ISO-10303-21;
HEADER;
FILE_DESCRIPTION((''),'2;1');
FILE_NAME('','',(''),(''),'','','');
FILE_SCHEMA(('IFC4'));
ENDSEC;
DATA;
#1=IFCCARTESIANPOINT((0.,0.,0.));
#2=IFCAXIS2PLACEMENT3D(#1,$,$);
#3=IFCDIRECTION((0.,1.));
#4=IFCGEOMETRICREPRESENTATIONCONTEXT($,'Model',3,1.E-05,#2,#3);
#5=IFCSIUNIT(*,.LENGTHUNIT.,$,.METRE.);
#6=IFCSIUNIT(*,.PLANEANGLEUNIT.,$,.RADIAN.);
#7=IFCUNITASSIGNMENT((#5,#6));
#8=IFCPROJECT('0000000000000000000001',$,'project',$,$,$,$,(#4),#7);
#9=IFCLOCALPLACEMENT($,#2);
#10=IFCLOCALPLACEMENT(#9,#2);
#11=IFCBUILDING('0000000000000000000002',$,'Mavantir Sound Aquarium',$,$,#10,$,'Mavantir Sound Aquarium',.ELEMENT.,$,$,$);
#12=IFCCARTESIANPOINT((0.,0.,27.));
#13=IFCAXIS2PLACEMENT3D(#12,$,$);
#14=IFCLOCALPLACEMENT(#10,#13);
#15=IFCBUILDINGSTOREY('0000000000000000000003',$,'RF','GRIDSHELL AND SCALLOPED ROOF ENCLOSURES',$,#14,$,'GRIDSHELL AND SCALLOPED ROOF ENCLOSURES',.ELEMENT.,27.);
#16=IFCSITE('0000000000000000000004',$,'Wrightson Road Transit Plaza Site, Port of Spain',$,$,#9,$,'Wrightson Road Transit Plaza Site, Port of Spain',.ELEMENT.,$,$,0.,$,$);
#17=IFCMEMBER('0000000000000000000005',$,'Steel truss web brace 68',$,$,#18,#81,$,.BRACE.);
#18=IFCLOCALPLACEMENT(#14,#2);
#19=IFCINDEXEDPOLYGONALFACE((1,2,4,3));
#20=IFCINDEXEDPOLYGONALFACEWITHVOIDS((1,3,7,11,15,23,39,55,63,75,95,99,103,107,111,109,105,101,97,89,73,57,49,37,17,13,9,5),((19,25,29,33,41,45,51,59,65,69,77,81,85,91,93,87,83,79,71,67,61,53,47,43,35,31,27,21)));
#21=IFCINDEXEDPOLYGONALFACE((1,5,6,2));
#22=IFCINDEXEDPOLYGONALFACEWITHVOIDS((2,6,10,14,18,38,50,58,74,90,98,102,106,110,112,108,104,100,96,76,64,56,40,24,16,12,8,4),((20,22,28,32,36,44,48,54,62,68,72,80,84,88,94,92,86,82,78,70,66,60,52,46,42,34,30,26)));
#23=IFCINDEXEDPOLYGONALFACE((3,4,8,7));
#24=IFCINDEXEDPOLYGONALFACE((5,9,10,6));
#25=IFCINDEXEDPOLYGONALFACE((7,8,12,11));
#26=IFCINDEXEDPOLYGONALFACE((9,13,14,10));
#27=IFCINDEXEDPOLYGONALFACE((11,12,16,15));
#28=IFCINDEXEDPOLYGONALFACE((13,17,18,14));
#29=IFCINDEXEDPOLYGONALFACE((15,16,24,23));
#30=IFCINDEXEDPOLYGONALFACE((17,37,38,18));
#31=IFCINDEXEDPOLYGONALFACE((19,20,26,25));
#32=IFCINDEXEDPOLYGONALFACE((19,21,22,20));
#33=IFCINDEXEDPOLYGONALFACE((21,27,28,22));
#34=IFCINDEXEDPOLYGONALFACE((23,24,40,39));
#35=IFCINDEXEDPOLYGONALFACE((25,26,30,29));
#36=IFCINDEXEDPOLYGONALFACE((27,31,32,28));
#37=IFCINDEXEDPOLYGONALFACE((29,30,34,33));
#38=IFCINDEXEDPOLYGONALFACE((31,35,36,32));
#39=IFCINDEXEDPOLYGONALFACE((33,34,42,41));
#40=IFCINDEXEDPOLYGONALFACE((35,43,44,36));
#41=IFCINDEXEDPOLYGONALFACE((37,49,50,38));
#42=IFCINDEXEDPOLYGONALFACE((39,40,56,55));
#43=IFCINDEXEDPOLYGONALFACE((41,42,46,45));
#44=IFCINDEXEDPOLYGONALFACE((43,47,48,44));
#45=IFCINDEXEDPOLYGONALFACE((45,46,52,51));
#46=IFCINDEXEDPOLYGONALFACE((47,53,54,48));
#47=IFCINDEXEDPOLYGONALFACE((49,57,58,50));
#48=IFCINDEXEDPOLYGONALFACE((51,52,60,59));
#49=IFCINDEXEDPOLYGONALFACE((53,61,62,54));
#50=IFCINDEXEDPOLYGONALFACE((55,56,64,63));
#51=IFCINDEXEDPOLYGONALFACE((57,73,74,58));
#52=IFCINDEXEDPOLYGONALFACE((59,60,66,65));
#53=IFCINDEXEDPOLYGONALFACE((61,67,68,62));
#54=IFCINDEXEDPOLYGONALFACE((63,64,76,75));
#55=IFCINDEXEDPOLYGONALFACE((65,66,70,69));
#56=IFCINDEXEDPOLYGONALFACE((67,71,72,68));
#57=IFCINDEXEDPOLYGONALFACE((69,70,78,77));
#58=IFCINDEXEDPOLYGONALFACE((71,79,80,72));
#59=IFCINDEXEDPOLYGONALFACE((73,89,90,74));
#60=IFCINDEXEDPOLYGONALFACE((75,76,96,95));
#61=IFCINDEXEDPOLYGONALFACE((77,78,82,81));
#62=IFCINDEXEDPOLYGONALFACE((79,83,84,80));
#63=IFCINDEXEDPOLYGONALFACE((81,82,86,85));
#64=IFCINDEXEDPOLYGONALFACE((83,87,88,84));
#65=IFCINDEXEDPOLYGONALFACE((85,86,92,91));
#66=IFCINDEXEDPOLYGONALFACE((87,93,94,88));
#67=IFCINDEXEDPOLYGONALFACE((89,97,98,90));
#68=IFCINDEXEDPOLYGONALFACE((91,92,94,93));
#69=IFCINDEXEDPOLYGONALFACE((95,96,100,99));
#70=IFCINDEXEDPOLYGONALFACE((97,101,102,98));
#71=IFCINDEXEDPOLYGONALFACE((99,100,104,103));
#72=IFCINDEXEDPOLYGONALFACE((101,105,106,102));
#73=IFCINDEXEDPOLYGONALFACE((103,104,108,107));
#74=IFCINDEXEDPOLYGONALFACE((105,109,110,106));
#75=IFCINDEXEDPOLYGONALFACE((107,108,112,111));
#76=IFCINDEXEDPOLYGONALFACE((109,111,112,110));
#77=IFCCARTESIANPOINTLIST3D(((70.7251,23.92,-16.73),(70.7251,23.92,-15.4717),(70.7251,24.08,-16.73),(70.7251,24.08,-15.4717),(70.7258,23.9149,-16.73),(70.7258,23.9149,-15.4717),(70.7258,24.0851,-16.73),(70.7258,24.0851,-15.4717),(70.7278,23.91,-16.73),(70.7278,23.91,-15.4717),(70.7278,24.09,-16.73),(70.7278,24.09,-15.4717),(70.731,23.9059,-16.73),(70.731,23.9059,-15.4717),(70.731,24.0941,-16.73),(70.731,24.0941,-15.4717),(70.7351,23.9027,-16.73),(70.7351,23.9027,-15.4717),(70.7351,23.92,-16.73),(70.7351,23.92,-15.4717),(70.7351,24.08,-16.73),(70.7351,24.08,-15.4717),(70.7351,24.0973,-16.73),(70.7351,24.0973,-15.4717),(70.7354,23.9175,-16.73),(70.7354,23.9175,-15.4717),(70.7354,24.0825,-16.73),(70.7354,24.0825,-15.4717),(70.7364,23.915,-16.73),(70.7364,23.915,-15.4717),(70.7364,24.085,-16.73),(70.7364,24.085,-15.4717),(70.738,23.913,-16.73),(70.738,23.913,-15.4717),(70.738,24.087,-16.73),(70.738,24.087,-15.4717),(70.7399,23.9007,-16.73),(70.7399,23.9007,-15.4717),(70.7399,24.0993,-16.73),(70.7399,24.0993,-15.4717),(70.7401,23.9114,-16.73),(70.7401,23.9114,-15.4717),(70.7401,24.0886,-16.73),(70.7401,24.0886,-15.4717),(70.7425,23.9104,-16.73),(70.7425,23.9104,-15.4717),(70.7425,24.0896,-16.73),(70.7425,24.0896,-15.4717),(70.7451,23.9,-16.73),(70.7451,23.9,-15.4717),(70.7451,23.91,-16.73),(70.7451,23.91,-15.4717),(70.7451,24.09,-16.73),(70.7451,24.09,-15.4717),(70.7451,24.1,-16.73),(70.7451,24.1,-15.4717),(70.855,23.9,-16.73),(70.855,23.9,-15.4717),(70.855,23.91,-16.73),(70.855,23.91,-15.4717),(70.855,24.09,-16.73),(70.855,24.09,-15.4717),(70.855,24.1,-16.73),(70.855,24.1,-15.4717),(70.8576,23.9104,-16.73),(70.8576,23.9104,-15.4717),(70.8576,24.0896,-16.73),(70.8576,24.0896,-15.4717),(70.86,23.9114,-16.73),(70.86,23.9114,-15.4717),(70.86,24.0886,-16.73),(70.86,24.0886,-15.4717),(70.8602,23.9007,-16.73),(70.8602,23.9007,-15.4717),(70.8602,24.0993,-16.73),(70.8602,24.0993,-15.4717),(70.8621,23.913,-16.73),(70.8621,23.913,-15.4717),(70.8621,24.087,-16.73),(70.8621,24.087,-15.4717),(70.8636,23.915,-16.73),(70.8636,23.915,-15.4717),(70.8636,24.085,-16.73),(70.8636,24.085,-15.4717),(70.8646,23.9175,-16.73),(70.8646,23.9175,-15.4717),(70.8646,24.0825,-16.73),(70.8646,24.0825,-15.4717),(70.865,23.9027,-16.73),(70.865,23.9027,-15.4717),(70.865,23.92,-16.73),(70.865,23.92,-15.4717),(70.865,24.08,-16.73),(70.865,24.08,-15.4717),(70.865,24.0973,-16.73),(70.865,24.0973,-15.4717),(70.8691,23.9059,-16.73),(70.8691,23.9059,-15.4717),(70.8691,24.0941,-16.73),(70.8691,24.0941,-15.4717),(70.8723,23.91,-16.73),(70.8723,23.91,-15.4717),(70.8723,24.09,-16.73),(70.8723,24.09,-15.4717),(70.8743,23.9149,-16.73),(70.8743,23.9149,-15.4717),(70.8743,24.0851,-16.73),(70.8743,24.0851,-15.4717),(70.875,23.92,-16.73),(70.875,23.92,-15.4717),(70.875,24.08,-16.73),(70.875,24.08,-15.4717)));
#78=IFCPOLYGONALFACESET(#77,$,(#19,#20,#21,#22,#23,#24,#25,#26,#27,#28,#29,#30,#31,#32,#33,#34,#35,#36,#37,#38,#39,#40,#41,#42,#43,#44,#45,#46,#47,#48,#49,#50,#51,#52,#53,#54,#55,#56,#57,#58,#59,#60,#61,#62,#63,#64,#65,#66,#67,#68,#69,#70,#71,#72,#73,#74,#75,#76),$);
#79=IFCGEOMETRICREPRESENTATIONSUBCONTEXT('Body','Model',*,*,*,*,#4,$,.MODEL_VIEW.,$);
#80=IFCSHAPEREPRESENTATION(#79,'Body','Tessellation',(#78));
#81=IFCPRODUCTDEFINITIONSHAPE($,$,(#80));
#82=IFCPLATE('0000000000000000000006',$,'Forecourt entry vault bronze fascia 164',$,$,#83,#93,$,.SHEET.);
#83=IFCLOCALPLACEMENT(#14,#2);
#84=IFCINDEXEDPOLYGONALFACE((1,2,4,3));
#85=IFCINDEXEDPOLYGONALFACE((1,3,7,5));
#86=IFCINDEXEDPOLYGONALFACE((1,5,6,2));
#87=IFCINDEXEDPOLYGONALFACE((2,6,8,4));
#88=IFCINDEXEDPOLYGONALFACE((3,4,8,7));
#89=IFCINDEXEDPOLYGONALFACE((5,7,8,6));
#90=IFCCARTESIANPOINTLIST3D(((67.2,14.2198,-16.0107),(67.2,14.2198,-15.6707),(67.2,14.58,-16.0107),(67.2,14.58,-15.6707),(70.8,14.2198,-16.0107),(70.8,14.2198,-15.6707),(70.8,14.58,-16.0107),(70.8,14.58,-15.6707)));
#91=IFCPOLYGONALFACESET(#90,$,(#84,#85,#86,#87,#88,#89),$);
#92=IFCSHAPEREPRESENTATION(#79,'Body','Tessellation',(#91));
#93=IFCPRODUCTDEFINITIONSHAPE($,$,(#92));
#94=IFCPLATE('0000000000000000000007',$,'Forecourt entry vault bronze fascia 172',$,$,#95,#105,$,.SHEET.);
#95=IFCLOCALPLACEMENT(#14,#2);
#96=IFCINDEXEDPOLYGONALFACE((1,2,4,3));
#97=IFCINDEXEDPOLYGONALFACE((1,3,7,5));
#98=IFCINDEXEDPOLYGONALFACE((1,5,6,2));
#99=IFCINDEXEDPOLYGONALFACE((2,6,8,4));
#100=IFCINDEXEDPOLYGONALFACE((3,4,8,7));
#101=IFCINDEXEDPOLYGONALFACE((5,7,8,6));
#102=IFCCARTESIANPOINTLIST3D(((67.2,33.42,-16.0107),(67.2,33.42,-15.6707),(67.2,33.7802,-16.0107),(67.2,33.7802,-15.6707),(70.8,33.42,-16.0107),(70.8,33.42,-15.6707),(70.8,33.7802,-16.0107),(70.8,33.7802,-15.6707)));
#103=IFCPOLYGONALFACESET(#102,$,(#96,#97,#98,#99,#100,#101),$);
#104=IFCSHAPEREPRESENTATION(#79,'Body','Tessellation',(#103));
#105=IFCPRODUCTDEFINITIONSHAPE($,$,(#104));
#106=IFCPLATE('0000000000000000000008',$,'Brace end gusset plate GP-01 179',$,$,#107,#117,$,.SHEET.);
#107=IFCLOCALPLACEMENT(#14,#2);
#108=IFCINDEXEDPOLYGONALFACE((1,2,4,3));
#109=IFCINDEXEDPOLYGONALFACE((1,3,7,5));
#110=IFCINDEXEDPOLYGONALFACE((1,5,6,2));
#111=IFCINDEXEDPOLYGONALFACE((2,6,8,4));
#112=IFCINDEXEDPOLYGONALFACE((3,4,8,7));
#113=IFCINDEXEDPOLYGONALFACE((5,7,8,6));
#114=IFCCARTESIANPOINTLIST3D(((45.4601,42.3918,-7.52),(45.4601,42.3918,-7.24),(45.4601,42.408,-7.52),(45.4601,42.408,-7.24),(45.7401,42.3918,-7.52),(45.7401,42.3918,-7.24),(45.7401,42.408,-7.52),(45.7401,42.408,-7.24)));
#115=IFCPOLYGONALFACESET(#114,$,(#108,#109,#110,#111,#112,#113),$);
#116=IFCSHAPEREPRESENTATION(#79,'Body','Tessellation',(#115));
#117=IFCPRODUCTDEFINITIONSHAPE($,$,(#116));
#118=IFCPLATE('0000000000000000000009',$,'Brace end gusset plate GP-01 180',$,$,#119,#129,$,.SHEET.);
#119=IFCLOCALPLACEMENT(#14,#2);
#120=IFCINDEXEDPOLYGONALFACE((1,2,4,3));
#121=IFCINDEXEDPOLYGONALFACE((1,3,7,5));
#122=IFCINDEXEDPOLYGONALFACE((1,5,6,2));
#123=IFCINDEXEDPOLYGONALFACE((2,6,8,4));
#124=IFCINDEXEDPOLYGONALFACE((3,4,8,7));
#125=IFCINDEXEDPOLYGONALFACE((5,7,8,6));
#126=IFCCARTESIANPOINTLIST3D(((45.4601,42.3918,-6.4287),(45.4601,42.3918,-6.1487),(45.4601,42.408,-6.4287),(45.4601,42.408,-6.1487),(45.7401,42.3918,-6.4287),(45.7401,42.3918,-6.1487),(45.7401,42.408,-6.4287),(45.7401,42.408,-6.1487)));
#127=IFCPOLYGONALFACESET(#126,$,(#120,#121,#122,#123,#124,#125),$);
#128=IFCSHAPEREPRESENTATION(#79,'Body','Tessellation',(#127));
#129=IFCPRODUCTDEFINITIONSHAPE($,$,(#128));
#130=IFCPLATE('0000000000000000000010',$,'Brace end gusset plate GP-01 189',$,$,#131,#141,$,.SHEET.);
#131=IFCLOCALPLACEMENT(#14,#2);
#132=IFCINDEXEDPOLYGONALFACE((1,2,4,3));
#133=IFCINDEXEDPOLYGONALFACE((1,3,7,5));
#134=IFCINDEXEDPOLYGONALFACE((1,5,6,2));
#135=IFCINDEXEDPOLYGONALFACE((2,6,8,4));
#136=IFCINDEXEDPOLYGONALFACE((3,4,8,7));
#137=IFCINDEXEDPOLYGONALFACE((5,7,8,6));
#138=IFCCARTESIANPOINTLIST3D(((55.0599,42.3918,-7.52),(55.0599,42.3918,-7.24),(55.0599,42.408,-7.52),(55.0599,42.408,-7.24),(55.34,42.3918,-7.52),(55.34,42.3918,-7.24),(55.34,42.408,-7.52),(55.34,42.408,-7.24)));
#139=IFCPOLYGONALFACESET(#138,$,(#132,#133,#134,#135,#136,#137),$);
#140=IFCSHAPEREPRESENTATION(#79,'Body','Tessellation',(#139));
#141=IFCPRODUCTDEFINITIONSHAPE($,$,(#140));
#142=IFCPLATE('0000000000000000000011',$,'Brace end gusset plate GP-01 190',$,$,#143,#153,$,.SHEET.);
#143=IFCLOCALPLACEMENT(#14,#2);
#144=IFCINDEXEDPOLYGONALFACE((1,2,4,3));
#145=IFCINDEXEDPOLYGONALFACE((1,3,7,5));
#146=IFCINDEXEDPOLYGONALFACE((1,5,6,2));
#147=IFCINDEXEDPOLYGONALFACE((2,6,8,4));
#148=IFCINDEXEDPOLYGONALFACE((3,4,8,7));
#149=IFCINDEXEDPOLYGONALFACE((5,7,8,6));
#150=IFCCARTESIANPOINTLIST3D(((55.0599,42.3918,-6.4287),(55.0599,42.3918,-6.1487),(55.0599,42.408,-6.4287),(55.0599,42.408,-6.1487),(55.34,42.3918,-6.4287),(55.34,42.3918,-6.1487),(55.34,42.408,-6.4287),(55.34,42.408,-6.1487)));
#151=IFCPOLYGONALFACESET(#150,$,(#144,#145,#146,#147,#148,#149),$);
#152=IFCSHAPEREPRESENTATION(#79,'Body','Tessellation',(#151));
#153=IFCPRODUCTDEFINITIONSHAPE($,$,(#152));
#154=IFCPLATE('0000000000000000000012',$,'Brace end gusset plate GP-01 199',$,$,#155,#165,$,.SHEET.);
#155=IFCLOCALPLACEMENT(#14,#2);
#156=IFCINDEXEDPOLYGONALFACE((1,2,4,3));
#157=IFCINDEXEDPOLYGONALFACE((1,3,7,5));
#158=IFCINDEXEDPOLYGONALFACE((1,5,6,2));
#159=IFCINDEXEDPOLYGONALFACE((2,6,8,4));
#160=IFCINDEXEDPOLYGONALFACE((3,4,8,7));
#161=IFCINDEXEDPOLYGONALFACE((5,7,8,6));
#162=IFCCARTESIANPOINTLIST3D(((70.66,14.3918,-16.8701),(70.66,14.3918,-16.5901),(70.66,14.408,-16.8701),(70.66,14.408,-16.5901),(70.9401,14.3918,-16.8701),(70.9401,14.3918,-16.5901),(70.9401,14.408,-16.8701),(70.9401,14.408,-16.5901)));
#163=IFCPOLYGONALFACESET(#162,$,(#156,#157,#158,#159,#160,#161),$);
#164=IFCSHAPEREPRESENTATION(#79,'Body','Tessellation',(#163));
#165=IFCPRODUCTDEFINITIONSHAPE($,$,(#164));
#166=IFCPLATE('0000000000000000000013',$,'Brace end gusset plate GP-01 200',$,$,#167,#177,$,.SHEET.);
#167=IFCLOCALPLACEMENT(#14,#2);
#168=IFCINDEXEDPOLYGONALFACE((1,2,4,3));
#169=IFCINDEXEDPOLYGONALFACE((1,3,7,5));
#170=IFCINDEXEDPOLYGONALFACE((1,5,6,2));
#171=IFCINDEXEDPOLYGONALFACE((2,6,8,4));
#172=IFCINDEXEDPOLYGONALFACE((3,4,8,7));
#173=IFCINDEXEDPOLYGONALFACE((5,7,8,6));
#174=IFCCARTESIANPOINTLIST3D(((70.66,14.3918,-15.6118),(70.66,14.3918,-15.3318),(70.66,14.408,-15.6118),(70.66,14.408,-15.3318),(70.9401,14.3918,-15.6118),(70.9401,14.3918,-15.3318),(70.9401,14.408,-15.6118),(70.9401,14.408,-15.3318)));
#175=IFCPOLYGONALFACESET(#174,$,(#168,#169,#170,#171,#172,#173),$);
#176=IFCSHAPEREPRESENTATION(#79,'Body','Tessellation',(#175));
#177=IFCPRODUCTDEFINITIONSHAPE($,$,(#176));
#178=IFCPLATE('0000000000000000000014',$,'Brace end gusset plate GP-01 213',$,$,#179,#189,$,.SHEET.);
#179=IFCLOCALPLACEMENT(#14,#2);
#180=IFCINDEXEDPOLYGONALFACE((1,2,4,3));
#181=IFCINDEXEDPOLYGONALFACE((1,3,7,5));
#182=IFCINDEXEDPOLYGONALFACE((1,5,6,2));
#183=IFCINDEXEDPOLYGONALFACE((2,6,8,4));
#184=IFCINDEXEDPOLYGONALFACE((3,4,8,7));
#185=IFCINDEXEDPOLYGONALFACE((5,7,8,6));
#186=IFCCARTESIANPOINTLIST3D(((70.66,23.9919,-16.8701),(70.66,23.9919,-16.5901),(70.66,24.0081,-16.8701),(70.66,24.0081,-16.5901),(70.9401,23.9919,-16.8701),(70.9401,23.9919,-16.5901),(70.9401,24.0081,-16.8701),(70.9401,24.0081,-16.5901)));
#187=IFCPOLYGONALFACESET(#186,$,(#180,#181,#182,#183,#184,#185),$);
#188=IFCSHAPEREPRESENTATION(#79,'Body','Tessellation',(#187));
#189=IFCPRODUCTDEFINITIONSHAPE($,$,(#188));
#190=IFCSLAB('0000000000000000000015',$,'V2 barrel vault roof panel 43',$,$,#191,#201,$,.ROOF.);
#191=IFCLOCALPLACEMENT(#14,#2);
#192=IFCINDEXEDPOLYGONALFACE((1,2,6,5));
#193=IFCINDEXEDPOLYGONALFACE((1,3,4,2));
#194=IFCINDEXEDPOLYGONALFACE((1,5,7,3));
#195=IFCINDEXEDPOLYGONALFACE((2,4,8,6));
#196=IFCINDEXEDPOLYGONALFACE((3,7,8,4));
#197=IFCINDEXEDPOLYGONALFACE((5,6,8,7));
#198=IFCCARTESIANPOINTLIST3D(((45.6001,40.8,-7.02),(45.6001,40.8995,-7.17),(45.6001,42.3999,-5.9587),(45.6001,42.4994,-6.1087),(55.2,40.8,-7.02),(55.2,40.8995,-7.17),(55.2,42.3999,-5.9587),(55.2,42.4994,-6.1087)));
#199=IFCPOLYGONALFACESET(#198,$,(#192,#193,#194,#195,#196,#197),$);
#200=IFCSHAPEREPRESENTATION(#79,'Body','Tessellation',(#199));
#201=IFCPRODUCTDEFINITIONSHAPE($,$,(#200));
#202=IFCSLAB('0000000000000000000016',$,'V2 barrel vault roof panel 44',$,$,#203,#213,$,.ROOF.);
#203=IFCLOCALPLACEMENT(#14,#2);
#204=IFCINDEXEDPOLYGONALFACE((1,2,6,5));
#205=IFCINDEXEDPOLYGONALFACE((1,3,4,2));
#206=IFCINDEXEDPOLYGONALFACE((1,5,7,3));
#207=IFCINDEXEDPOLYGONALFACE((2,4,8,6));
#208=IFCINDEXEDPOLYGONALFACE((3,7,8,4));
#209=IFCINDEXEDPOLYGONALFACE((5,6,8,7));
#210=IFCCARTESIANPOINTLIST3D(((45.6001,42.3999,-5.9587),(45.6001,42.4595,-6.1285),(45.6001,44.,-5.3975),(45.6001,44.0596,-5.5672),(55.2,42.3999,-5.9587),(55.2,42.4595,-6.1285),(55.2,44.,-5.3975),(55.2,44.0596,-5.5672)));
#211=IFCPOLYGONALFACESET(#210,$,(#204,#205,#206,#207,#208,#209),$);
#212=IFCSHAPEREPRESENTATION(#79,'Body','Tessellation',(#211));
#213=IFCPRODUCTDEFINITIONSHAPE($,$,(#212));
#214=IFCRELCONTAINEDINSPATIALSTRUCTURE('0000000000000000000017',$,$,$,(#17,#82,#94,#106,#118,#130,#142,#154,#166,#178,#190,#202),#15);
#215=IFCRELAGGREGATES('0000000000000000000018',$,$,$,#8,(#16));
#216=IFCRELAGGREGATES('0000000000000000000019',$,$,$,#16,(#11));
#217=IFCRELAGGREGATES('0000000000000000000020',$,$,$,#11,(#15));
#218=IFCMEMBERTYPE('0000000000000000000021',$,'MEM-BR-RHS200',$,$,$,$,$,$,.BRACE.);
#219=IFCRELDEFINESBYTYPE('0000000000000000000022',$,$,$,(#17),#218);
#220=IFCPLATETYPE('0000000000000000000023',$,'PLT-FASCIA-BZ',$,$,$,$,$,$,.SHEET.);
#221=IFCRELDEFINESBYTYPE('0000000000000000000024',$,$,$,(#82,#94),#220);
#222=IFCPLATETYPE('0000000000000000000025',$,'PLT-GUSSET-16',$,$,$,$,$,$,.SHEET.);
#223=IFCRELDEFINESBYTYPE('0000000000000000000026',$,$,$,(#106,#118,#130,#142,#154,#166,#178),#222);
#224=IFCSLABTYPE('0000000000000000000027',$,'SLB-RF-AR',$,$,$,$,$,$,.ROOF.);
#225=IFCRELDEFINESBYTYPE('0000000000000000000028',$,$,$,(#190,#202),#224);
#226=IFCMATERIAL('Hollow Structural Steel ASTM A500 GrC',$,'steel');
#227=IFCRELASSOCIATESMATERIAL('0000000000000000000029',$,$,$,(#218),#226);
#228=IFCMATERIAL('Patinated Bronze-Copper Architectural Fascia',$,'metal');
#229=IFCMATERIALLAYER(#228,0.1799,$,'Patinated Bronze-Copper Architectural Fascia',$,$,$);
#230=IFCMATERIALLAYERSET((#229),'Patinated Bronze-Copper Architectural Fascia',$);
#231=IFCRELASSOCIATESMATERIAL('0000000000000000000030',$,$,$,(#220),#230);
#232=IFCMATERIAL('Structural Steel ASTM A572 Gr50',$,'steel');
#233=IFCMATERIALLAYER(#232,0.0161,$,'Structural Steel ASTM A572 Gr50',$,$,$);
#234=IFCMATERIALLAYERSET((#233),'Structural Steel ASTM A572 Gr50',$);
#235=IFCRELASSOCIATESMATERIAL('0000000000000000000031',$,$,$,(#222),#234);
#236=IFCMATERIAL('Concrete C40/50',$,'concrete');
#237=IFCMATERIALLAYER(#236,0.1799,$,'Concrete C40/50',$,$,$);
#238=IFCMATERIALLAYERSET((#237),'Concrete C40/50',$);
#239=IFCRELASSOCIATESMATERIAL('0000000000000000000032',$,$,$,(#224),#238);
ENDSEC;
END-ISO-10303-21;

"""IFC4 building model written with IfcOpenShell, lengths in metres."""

from ifc_helpers import new_model, si_unit, direction, frame, origin, origin_2d, place, context, subcontext, project, spatial, polyline, rectangle, hollow_rectangle, outline, extrude, material, layer, layer_set, material_profile, profile_set, type_object, element, save


model = new_model("IFC4")

# Units and contexts
model_context = context("Model", 3, precision=1e-05, world=origin(), true_north=direction((0.0, 1.0)))
body_context = subcontext(model_context, "Body", "Model", "MODEL_VIEW")
ifc_project = project(units=[si_unit("LENGTHUNIT", "METRE"), si_unit("PLANEANGLEUNIT", "RADIAN")], contexts=[model_context])

# Site, building, storey
site_placement = place(None, origin())
site = spatial("IfcSite", under=ifc_project, at=site_placement, Name="Wrightson Road Transit Plaza Site, Port of Spain", LongName="Wrightson Road Transit Plaza Site, Port of Spain", CompositionType="ELEMENT", RefElevation=0.0)
building_placement = place(site_placement, origin())
building = spatial("IfcBuilding", under=site, at=building_placement, Name="Mavantir Sound Aquarium", LongName="Mavantir Sound Aquarium", CompositionType="ELEMENT")
storey_placement = place(building_placement, frame((0.0, 0.0, 27.0)))
storey = spatial("IfcBuildingStorey", under=building, at=storey_placement, Name="RF", Description="GRIDSHELL AND SCALLOPED ROOF ENCLOSURES", LongName="GRIDSHELL AND SCALLOPED ROOF ENCLOSURES", CompositionType="ELEMENT", Elevation=27.0)

# Shared definitions
ifc_material_1 = material(Name="Hollow Structural Steel ASTM A500 GrC", Category="steel")

# Member
ifc_material_profile_1 = material_profile(ifc_material_1, hollow_rectangle(XDim=0.1499, YDim=0.2, WallThickness=0.01, InnerFilletRadius=0.01, OuterFilletRadius=0.02, at=origin_2d()), Name="RHS 200X150X10")
ifc_profile_set_1 = profile_set([ifc_material_profile_1], Name="Hollow Structural Steel ASTM A500 GrC")
member_type_1 = type_object("IfcMemberType", Name="MEM-BR-RHS200", PredefinedType="BRACE", material=ifc_profile_set_1)
for number, where, z_axis, x_axis, name in (
    (1, (70.8, 24.0, -16.73), (0.0, 0.0, 1.0), (1.0, 0.0, 0.0), "Steel truss web brace 68"),
):
    element("IfcMember", number, at=place(storey_placement, frame(where, z_axis=z_axis, x_axis=x_axis)), inside=storey, type_object=member_type_1, Name=name, PredefinedType="BRACE", context=body_context, shape_type="SweptSolid", body=[
        extrude(hollow_rectangle(XDim=0.1499, YDim=0.2, WallThickness=0.01, InnerFilletRadius=0.01, OuterFilletRadius=0.02, at=origin_2d()), origin(), (0.0, 0.0, 1.0), 1.2583),
    ])

# Plates
ifc_material_2 = material(Name="Patinated Bronze-Copper Architectural Fascia", Category="metal")
ifc_layer_1 = layer(ifc_material_2, 0.1799, Name="Patinated Bronze-Copper Architectural Fascia")
ifc_layer_set_1 = layer_set([ifc_layer_1], Name="Patinated Bronze-Copper Architectural Fascia")
plate_type_1 = type_object("IfcPlateType", Name="PLT-FASCIA-BZ", PredefinedType="SHEET", material=ifc_layer_set_1)
for number, where, z_axis, x_axis, name in (
    (2, (69.0, 14.3999, -16.0107), (0.0, 0.0, 1.0), (1.0, 0.0, 0.0), "Forecourt entry vault bronze fascia 164"),
    (3, (69.0, 33.6001, -16.0107), (0.0, 0.0, 1.0), (1.0, 0.0, 0.0), "Forecourt entry vault bronze fascia 172"),
):
    element("IfcPlate", number, at=place(storey_placement, frame(where, z_axis=z_axis, x_axis=x_axis)), inside=storey, type_object=plate_type_1, Name=name, PredefinedType="SHEET", context=body_context, shape_type="SweptSolid", body=[
        extrude(rectangle(XDim=3.6001, YDim=0.3601, at=origin_2d()), origin(), (0.0, 0.0, 1.0), 0.3401),
    ])
ifc_material_3 = material(Name="Structural Steel ASTM A572 Gr50", Category="steel")
ifc_layer_2 = layer(ifc_material_3, 0.0161, Name="Structural Steel ASTM A572 Gr50")
ifc_layer_set_2 = layer_set([ifc_layer_2], Name="Structural Steel ASTM A572 Gr50")
plate_type_2 = type_object("IfcPlateType", Name="PLT-GUSSET-16", PredefinedType="SHEET", material=ifc_layer_set_2)
for number, where, z_axis, x_axis, name in (
    (4, (45.6001, 42.3999, -7.52), (0.0, 0.0, 1.0), (1.0, 0.0, 0.0), "Brace end gusset plate GP-01 179"),
    (5, (45.6001, 42.3999, -6.4287), (0.0, 0.0, 1.0), (1.0, 0.0, 0.0), "Brace end gusset plate GP-01 180"),
    (6, (55.2, 42.3999, -7.52), (0.0, 0.0, 1.0), (1.0, 0.0, 0.0), "Brace end gusset plate GP-01 189"),
    (7, (55.2, 42.3999, -6.4287), (0.0, 0.0, 1.0), (1.0, 0.0, 0.0), "Brace end gusset plate GP-01 190"),
    (8, (70.8, 14.3999, -16.8701), (0.0, 0.0, 1.0), (1.0, 0.0, 0.0), "Brace end gusset plate GP-01 199"),
    (9, (70.8, 14.3999, -15.6118), (0.0, 0.0, 1.0), (1.0, 0.0, 0.0), "Brace end gusset plate GP-01 200"),
    (10, (70.8, 24.0, -16.8701), (0.0, 0.0, 1.0), (1.0, 0.0, 0.0), "Brace end gusset plate GP-01 213"),
):
    element("IfcPlate", number, at=place(storey_placement, frame(where, z_axis=z_axis, x_axis=x_axis)), inside=storey, type_object=plate_type_2, Name=name, PredefinedType="SHEET", context=body_context, shape_type="SweptSolid", body=[
        extrude(rectangle(XDim=0.28, YDim=0.0161, at=origin_2d()), origin(), (0.0, 0.0, 1.0), 0.28),
    ])

# Slabs
ifc_material_4 = material(Name="Concrete C40/50", Category="concrete")
ifc_layer_3 = layer(ifc_material_4, 0.1799, Name="Concrete C40/50")
ifc_layer_set_3 = layer_set([ifc_layer_3], Name="Concrete C40/50")
slab_type_1 = type_object("IfcSlabType", Name="SLB-RF-AR", PredefinedType="ROOF", material=ifc_layer_set_3)
slab_1_placement = place(storey_placement, frame((45.6001, 40.8, -7.02), z_axis=(0.0, -0.552791, 0.83332), x_axis=(1.0, 0.0, 0.0)))
element("IfcSlab", 11, at=slab_1_placement, inside=storey, type_object=slab_type_1, Name="V2 barrel vault roof panel 43", PredefinedType="ROOF", context=body_context, shape_type="SweptSolid", body=[
    extrude(outline(polyline([(0.0, 0.0), (9.5999, 0.0), (9.5999, 1.9199), (0.0, 1.9199), (0.0, 0.0)])), origin(), (0.0, 0.0, -1.0), 0.1799),
])
slab_2_placement = place(storey_placement, frame((45.6001, 42.3999, -5.9587), z_axis=(0.0, -0.331004, 0.943629), x_axis=(1.0, 0.0, 0.0)))
element("IfcSlab", 12, at=slab_2_placement, inside=storey, type_object=slab_type_1, Name="V2 barrel vault roof panel 44", PredefinedType="ROOF", context=body_context, shape_type="SweptSolid", body=[
    extrude(outline(polyline([(0.0, 0.0), (9.5999, 0.0), (9.5999, 1.6957), (0.0, 1.6957), (0.0, 0.0)])), origin(), (0.0, 0.0, -1.0), 0.1799),
])

save(model, "model.ifc")
